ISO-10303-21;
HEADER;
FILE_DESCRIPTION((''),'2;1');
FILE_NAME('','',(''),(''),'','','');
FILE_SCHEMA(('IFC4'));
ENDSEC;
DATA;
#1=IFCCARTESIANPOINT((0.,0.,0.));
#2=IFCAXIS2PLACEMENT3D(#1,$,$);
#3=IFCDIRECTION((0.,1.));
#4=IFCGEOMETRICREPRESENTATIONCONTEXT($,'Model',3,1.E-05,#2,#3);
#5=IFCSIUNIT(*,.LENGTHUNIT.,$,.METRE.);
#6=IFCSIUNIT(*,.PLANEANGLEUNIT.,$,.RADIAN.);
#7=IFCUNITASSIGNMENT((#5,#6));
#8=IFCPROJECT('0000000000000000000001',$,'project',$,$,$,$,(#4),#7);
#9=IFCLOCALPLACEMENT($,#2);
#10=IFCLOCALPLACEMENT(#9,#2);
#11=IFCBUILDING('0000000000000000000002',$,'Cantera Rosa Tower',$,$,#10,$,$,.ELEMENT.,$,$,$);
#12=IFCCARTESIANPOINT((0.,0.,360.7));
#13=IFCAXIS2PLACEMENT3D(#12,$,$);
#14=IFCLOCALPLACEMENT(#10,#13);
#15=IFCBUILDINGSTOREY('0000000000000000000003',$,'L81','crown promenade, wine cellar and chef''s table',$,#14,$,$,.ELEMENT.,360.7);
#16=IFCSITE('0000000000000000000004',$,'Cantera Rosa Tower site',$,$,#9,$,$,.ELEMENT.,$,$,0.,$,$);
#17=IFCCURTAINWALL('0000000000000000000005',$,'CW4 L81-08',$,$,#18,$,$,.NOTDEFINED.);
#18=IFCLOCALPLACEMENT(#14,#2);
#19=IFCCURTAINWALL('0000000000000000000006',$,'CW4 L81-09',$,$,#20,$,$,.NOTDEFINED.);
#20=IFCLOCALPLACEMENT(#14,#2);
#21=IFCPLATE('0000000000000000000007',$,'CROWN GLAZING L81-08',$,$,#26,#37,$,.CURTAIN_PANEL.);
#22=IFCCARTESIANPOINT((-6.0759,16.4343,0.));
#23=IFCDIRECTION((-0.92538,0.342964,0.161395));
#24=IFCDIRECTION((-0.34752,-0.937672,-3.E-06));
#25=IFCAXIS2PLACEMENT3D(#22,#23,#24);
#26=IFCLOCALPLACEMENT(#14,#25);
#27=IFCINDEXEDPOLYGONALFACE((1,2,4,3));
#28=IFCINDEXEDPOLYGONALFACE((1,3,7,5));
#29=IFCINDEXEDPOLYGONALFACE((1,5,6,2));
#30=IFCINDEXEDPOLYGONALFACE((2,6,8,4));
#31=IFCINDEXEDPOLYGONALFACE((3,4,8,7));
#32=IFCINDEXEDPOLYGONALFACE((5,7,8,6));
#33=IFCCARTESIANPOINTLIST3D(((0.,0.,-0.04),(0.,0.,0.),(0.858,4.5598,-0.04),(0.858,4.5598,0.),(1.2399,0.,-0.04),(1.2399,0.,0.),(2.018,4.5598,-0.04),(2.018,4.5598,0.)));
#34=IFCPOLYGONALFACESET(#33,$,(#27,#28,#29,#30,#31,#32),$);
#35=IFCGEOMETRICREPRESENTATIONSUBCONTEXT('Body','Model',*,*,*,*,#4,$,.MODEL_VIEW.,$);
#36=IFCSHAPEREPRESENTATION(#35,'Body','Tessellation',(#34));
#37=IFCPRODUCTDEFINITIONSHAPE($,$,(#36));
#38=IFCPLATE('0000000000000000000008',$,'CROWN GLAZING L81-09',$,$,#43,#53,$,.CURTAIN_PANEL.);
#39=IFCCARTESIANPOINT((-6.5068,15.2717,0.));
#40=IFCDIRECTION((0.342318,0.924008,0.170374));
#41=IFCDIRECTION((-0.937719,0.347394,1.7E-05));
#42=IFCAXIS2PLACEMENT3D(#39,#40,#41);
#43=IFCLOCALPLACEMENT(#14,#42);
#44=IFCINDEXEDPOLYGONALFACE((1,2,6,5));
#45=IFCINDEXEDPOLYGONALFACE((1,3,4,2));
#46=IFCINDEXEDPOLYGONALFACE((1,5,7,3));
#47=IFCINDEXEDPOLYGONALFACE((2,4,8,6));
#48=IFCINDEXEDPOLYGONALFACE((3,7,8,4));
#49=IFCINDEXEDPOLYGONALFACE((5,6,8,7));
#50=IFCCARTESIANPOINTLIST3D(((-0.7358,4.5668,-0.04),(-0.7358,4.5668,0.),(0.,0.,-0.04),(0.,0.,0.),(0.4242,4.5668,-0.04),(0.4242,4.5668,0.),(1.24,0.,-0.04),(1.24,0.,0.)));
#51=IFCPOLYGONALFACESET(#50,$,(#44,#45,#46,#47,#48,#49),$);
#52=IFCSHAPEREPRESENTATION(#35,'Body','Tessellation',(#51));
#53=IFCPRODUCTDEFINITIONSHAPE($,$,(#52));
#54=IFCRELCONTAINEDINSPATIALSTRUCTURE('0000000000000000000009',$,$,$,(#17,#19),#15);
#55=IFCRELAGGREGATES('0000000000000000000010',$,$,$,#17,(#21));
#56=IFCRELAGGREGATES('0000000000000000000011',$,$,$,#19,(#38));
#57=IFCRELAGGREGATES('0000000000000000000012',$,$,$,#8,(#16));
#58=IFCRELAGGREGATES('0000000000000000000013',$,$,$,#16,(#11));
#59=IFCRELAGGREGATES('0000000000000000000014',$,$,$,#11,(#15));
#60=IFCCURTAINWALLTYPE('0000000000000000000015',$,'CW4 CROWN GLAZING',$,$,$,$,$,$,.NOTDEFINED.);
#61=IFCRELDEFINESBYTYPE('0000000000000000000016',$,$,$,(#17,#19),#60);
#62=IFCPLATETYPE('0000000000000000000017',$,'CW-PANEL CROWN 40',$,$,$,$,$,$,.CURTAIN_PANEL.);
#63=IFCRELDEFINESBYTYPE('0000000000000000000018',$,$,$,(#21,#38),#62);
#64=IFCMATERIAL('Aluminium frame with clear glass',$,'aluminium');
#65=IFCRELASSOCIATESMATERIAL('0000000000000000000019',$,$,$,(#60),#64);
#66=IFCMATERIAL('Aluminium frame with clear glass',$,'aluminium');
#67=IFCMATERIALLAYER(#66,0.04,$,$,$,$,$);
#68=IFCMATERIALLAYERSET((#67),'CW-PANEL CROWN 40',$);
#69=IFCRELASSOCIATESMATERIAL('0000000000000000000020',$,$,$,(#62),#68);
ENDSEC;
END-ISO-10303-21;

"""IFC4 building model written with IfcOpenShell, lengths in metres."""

from ifc_helpers import new_model, si_unit, direction, frame, origin, place, context, subcontext, project, spatial, polyline, outline, extrude, material, layer, layer_set, type_object, element, aggregate, save


model = new_model("IFC4")

# Units and contexts
model_context = context("Model", 3, precision=1e-05, world=origin(), true_north=direction((0.0, 1.0)))
body_context = subcontext(model_context, "Body", "Model", "MODEL_VIEW")
ifc_project = project(units=[si_unit("LENGTHUNIT", "METRE"), si_unit("PLANEANGLEUNIT", "RADIAN")], contexts=[model_context])

# Site, building, storey
site_placement = place(None, origin())
site = spatial("IfcSite", under=ifc_project, at=site_placement, Name="Cantera Rosa Tower site", CompositionType="ELEMENT", RefElevation=0.0)
building_placement = place(site_placement, origin())
building = spatial("IfcBuilding", under=site, at=building_placement, Name="Cantera Rosa Tower", CompositionType="ELEMENT")
storey_placement = place(building_placement, frame((0.0, 0.0, 360.7)))
storey = spatial("IfcBuildingStorey", under=building, at=storey_placement, Name="L81", Description="crown promenade, wine cellar and chef's table", CompositionType="ELEMENT", Elevation=360.7)

# Curtain walls
ifc_material_1 = material(Name="Aluminium frame with clear glass", Category="aluminium")
curtain_wall_type = type_object("IfcCurtainWallType", Name="CW4 CROWN GLAZING", PredefinedType="NOTDEFINED", material=ifc_material_1)
curtain_wall_1_placement = place(storey_placement, origin())
curtain_wall_1 = element("IfcCurtainWall", 1, at=curtain_wall_1_placement, inside=storey, type_object=curtain_wall_type, Name="CW4 L81-08", PredefinedType="NOTDEFINED")
curtain_wall_2_placement = place(storey_placement, origin())
curtain_wall_2 = element("IfcCurtainWall", 2, at=curtain_wall_2_placement, inside=storey, type_object=curtain_wall_type, Name="CW4 L81-09", PredefinedType="NOTDEFINED")

# Plates
ifc_material_2 = material(Name="Aluminium frame with clear glass", Category="aluminium")
ifc_layer_1 = layer(ifc_material_2, 0.04)
ifc_layer_set_1 = layer_set([ifc_layer_1], Name="CW-PANEL CROWN 40")
plate_type = type_object("IfcPlateType", Name="CW-PANEL CROWN 40", PredefinedType="CURTAIN_PANEL", material=ifc_layer_set_1)
plate_1_placement = place(storey_placement, frame((-6.0759, 16.4343, 0.0), z_axis=(-0.92538, 0.342964, 0.161395), x_axis=(-0.34752, -0.937672, -0.000003)))
plate_1 = element("IfcPlate", 3, at=plate_1_placement, type_object=plate_type, Name="CROWN GLAZING L81-08", PredefinedType="CURTAIN_PANEL", context=body_context, shape_type="SweptSolid", body=[
    extrude(outline(polyline([(0.0, 0.0), (1.2399, 0.0), (2.018, 4.5598), (0.858, 4.5598), (0.0, 0.0)])), origin(), (0.0, 0.0, -1.0), 0.04),
])
plate_2_placement = place(storey_placement, frame((-6.5068, 15.2717, 0.0), z_axis=(0.342318, 0.924008, 0.170374), x_axis=(-0.937719, 0.347394, 0.000017)))
plate_2 = element("IfcPlate", 4, at=plate_2_placement, type_object=plate_type, Name="CROWN GLAZING L81-09", PredefinedType="CURTAIN_PANEL", context=body_context, shape_type="SweptSolid", body=[
    extrude(outline(polyline([(0.0, 0.0), (1.24, 0.0), (0.4242, 4.5668), (-0.7358, 4.5668), (0.0, 0.0)])), origin(), (0.0, 0.0, -1.0), 0.04),
])

aggregate(curtain_wall_1, [plate_1])
aggregate(curtain_wall_2, [plate_2])

save(model, "model.ifc")
